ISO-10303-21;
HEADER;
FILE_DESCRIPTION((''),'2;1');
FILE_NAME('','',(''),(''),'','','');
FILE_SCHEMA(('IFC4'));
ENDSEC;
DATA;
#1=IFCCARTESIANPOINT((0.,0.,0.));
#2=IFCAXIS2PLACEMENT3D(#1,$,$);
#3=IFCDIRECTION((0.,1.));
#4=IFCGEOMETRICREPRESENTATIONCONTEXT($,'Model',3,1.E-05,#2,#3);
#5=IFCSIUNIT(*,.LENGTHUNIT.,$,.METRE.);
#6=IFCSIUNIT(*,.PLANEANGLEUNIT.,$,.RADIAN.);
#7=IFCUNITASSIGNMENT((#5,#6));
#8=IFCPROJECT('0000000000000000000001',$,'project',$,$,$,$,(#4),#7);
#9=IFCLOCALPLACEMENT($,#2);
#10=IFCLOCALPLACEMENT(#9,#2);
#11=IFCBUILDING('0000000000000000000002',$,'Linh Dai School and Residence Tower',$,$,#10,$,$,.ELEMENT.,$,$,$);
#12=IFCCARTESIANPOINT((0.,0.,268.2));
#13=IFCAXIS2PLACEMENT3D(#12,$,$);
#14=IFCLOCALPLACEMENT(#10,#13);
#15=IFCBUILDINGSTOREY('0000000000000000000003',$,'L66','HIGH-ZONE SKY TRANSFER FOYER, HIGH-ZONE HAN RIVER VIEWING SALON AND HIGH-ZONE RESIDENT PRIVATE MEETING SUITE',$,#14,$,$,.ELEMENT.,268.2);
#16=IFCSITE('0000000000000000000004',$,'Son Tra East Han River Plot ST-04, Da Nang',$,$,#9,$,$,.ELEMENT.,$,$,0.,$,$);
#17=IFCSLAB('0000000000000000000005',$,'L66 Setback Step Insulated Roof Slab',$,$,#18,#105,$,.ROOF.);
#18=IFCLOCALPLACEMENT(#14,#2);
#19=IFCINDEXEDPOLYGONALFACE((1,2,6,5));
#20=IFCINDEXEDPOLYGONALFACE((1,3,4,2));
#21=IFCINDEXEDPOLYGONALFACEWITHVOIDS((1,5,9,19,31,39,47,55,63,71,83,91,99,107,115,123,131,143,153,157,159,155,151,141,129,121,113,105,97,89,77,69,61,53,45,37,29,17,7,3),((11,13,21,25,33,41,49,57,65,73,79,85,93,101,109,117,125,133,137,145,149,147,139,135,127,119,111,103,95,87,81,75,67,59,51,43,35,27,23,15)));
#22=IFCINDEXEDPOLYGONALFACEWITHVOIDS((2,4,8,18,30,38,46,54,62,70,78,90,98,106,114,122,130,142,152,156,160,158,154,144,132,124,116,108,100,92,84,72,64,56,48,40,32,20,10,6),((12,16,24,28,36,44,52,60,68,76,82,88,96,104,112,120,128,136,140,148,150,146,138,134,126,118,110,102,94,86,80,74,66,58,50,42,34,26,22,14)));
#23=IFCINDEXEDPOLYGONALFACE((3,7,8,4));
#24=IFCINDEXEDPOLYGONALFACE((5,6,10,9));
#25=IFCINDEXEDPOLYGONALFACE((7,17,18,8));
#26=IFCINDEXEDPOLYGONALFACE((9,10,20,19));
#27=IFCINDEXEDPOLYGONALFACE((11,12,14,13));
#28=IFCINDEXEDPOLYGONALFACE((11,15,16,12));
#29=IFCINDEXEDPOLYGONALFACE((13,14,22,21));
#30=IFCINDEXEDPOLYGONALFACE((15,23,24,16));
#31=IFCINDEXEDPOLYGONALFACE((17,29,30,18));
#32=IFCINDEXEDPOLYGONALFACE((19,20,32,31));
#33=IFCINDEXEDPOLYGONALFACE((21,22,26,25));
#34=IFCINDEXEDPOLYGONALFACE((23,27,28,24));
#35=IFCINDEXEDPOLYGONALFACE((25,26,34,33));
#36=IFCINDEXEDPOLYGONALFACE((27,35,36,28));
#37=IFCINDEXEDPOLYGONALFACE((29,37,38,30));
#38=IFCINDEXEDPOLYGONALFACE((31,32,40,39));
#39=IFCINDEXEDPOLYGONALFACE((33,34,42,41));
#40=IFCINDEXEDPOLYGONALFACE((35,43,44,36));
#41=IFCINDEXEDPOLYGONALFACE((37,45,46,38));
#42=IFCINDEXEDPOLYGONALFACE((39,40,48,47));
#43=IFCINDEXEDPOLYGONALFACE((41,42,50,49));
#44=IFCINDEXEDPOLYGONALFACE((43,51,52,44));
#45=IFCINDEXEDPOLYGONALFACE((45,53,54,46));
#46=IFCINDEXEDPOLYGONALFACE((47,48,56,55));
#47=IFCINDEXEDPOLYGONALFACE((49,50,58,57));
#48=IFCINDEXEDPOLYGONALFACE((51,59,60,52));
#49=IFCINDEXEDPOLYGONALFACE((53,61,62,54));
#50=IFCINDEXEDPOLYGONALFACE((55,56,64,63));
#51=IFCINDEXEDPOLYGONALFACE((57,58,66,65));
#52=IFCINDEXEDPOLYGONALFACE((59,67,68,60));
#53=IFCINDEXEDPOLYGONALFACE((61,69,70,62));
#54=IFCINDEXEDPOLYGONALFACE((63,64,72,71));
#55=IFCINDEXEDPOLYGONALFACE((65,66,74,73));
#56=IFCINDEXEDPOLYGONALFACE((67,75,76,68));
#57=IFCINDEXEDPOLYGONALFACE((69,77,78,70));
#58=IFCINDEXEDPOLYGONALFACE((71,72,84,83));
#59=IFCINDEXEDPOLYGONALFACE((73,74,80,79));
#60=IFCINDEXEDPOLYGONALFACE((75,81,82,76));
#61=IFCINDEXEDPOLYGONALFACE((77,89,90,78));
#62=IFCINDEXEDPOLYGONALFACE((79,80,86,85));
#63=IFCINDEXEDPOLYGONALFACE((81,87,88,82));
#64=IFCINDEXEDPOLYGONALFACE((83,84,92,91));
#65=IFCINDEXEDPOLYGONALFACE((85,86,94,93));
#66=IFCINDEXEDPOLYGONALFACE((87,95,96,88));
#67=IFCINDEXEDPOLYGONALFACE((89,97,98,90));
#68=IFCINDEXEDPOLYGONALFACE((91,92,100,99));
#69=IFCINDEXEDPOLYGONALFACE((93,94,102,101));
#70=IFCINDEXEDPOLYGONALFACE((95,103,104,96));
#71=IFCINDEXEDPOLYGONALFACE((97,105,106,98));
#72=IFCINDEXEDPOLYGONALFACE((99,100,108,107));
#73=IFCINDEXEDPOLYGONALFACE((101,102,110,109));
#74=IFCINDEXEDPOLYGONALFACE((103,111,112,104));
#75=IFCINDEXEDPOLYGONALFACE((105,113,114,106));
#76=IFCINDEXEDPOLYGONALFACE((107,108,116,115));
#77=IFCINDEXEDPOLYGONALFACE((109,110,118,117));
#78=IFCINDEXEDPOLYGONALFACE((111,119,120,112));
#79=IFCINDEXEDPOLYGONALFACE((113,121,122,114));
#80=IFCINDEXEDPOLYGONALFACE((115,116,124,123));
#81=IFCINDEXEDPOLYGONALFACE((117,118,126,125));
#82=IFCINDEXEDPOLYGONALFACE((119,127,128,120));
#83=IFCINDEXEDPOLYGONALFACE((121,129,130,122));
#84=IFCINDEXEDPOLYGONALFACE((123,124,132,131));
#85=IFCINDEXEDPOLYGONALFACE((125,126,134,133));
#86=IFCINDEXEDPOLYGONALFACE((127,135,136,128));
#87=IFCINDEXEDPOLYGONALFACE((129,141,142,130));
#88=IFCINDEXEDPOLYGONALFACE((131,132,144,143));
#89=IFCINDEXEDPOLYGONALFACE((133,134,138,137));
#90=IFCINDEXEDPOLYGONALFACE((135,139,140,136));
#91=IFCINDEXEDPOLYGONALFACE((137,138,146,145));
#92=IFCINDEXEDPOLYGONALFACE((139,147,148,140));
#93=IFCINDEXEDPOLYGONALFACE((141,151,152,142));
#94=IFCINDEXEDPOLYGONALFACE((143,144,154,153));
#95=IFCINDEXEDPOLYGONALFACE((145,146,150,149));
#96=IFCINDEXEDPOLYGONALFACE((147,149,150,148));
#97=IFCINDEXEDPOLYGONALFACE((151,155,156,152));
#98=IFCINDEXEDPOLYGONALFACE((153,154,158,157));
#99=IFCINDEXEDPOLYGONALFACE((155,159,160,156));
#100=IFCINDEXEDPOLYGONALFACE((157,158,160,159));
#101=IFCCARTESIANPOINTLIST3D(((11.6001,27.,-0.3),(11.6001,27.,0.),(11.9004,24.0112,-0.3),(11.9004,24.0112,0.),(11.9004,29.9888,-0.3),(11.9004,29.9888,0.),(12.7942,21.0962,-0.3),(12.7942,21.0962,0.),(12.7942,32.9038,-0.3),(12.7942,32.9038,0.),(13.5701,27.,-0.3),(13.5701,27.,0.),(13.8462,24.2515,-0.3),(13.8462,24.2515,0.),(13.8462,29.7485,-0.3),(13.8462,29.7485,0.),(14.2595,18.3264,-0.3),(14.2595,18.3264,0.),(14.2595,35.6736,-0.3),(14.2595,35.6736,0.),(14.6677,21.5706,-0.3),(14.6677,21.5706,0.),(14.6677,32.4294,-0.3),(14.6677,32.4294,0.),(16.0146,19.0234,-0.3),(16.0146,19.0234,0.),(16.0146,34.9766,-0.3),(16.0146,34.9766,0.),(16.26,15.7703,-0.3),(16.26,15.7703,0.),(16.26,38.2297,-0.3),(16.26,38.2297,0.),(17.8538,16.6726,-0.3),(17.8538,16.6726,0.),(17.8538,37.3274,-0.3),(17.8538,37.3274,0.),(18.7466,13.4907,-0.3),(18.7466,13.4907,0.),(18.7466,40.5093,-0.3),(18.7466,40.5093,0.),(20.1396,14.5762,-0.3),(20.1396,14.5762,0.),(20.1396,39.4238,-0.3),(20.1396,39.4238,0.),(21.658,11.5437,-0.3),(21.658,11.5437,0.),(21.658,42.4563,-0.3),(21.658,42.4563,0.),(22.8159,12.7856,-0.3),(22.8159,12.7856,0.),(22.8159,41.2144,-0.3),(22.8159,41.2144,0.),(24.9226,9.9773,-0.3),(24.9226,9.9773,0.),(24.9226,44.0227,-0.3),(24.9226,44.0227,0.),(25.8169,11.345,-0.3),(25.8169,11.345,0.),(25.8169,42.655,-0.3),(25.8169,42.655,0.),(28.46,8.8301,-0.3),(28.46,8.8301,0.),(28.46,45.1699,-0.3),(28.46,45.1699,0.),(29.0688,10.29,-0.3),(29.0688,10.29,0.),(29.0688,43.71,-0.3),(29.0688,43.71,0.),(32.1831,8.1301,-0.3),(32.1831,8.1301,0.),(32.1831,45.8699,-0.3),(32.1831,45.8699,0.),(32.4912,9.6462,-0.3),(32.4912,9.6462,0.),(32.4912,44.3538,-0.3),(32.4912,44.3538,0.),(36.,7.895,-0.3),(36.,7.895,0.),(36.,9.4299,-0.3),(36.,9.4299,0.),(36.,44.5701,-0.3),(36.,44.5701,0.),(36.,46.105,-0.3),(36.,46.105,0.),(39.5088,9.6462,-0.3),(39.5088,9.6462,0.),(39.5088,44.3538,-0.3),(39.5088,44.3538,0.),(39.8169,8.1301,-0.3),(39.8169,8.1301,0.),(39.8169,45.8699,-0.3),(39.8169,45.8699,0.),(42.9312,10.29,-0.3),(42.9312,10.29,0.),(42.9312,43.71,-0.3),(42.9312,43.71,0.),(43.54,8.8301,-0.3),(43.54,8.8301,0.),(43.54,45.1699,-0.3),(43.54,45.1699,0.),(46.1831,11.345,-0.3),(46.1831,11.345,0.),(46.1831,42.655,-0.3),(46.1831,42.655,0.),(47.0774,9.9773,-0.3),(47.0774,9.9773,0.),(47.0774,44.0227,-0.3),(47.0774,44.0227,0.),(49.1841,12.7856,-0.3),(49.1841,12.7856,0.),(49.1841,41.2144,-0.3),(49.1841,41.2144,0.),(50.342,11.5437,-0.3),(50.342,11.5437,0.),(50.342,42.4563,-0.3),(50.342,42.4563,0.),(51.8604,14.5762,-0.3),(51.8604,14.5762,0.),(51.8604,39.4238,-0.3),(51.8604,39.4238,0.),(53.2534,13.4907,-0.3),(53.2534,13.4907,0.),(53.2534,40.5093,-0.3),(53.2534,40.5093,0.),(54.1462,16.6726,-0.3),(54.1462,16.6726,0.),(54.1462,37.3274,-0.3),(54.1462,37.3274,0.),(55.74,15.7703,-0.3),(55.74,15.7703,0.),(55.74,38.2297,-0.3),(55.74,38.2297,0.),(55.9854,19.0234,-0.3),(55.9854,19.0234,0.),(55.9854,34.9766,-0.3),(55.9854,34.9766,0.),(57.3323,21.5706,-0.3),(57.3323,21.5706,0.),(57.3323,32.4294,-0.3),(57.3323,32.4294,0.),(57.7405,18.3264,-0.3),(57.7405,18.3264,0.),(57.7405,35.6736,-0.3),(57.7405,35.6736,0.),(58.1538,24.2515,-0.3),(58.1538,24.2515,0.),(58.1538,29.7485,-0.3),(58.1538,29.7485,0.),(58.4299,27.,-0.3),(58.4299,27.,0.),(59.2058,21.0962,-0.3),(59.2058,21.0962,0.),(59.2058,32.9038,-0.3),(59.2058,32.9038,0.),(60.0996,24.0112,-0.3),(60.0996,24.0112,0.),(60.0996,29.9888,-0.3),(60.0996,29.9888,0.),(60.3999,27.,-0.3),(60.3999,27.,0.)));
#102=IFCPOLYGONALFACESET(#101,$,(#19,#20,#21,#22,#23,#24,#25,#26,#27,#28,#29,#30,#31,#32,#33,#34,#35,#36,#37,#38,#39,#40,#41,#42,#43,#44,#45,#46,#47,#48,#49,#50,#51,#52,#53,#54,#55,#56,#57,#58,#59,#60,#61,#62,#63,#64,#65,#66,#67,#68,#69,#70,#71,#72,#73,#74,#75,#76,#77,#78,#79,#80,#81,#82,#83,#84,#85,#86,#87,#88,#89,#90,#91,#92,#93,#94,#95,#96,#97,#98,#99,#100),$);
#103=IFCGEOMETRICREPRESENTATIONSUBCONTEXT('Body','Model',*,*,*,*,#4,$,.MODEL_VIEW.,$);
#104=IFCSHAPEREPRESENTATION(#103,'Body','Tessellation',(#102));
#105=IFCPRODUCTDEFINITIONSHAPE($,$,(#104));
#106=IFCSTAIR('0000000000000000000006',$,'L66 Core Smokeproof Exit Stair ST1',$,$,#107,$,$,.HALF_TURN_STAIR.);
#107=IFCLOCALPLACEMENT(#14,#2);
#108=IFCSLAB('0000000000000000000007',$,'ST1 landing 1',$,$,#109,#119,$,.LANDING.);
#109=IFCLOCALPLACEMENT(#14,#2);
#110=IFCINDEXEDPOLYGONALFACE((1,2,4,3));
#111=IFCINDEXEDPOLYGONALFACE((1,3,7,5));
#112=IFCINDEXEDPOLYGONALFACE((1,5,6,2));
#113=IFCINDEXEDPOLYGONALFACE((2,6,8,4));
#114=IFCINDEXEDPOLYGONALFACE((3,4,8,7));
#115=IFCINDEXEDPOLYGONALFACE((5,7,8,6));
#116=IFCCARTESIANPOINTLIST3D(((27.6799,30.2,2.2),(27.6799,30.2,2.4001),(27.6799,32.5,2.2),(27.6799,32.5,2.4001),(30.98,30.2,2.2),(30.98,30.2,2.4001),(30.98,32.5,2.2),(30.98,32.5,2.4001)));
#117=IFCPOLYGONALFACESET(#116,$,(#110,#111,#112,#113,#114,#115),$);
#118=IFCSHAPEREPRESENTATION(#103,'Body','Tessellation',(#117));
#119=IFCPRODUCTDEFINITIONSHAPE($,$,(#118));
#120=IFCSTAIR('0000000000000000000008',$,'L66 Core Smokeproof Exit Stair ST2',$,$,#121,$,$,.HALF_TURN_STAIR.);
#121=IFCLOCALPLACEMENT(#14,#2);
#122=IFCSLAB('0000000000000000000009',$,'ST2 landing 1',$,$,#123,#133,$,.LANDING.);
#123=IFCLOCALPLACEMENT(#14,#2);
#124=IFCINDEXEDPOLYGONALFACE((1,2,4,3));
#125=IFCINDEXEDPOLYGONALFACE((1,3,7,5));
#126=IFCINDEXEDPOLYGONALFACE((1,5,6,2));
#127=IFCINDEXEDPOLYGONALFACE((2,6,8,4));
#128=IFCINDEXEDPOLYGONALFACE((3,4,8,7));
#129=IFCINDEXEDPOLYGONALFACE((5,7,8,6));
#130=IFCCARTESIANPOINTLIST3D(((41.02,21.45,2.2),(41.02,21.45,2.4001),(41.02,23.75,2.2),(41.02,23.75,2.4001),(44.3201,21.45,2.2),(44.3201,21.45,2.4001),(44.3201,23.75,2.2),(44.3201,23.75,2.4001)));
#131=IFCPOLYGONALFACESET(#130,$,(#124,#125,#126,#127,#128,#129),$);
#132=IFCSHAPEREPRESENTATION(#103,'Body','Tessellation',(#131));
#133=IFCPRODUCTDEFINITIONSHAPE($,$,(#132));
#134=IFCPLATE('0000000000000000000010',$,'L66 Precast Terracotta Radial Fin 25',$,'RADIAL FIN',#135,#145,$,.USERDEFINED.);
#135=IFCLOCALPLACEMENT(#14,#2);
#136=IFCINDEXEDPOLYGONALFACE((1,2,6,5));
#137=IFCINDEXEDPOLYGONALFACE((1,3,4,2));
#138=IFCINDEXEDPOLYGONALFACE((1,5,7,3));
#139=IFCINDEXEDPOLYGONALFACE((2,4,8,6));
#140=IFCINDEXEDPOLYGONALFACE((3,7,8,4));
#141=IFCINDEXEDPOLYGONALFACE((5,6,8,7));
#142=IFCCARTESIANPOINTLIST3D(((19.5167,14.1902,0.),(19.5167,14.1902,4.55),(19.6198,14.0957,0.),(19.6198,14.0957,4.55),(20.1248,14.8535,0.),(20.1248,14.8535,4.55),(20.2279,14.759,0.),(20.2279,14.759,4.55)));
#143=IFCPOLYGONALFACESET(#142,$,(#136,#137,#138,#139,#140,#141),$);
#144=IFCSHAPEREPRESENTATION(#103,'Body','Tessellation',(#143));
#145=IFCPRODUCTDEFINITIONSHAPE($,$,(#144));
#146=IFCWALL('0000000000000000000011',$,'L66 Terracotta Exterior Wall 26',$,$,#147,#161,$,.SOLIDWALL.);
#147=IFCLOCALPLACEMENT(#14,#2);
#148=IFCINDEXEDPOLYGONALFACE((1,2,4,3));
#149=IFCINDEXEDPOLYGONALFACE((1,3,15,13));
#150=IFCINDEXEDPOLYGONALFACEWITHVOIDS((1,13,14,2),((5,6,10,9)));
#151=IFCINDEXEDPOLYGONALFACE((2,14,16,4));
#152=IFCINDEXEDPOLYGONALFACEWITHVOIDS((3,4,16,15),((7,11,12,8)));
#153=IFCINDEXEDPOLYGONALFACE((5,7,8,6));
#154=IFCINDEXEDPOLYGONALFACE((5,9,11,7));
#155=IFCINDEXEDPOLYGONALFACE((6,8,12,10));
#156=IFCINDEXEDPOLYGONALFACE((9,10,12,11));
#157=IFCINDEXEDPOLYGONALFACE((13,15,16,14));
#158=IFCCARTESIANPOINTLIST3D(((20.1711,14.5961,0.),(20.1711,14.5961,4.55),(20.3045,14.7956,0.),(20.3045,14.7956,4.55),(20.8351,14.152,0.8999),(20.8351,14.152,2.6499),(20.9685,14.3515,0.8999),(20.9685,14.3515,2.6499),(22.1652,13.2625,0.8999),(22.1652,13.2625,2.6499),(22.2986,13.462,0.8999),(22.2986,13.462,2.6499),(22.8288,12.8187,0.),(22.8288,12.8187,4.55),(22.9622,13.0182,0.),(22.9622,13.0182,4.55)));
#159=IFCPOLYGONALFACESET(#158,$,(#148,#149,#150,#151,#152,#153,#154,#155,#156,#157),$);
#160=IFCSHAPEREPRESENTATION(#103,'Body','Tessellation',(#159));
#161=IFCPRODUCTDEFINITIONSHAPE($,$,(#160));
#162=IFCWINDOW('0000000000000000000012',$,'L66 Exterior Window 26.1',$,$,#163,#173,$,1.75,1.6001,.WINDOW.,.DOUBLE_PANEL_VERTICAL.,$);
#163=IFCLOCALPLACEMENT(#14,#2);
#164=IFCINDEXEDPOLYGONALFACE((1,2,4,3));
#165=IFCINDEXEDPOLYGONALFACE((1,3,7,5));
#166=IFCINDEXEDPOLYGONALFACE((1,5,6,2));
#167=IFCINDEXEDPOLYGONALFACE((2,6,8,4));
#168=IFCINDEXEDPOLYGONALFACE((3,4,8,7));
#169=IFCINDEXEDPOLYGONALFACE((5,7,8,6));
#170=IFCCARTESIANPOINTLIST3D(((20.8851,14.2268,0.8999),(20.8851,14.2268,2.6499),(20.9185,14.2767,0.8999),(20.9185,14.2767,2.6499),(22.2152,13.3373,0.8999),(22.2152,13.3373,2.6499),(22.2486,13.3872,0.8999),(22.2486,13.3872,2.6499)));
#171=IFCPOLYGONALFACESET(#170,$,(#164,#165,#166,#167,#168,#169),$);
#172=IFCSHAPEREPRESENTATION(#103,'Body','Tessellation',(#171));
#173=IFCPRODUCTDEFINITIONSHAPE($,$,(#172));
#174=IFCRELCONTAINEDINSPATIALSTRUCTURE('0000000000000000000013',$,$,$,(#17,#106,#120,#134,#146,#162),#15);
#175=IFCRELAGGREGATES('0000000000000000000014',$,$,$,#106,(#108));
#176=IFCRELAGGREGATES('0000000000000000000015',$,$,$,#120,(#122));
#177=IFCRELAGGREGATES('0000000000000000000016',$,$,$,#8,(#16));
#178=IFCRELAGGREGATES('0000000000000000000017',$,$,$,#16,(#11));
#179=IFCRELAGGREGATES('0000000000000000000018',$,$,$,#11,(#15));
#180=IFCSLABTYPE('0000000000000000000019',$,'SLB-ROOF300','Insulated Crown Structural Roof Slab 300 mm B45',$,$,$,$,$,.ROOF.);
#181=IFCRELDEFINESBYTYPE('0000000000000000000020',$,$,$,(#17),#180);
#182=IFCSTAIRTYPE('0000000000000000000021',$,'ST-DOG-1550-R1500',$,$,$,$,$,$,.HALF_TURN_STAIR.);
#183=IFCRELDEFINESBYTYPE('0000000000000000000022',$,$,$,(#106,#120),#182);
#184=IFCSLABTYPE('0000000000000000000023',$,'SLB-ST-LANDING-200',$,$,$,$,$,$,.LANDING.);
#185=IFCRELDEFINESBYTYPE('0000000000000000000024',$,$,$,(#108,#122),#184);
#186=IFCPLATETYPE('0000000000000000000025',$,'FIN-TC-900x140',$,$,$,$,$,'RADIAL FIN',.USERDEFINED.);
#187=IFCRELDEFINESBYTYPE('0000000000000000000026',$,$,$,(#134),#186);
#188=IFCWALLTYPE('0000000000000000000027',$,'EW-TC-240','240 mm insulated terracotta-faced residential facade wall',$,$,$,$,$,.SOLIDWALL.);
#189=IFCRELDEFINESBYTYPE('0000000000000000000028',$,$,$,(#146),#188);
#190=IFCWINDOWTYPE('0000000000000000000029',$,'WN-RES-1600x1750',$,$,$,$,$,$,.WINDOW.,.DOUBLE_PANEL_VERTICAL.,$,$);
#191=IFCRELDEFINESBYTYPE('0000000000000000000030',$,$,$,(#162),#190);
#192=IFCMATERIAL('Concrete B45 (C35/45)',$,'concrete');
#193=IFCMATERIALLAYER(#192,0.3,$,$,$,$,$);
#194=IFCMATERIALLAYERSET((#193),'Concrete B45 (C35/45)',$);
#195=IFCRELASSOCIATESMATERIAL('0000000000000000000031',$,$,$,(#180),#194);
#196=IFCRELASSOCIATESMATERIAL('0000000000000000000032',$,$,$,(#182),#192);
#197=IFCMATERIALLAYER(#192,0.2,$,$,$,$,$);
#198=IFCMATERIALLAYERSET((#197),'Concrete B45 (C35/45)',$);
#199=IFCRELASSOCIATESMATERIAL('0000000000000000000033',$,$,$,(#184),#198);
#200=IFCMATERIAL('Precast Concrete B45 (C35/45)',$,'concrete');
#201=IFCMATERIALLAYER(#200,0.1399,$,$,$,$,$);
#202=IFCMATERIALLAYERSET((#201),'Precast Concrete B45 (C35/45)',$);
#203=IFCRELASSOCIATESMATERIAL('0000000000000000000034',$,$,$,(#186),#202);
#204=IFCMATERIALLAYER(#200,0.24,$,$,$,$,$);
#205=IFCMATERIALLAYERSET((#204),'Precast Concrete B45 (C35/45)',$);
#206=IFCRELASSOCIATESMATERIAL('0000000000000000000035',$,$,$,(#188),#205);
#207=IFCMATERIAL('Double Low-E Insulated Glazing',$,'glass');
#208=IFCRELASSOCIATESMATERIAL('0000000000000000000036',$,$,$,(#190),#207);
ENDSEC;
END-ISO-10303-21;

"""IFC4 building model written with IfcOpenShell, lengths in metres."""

from ifc_helpers import new_model, si_unit, direction, frame, frame_2d, origin, origin_2d, place, context, subcontext, project, spatial, polyline, rectangle, outline, extrude, source, transform, mapped, material, layer, layer_set, type_object, element, fill, aggregate, save


model = new_model("IFC4")

# Units and contexts
model_context = context("Model", 3, precision=1e-05, world=origin(), true_north=direction((0.0, 1.0)))
body_context = subcontext(model_context, "Body", "Model", "MODEL_VIEW")
ifc_project = project(units=[si_unit("LENGTHUNIT", "METRE"), si_unit("PLANEANGLEUNIT", "RADIAN")], contexts=[model_context])

# Site, building, storey
site_placement = place(None, origin())
site = spatial("IfcSite", under=ifc_project, at=site_placement, Name="Son Tra East Han River Plot ST-04, Da Nang", CompositionType="ELEMENT", RefElevation=0.0)
building_placement = place(site_placement, origin())
building = spatial("IfcBuilding", under=site, at=building_placement, Name="Linh Dai School and Residence Tower", CompositionType="ELEMENT")
storey_placement = place(building_placement, frame((0.0, 0.0, 268.2)))
storey = spatial("IfcBuildingStorey", under=building, at=storey_placement, Name="L66", Description="HIGH-ZONE SKY TRANSFER FOYER, HIGH-ZONE HAN RIVER VIEWING SALON AND HIGH-ZONE RESIDENT PRIVATE MEETING SUITE", CompositionType="ELEMENT", Elevation=268.2)

# Slab
ifc_material_1 = material(Name="Concrete B45 (C35/45)", Category="concrete")
ifc_layer_1 = layer(ifc_material_1, 0.3)
ifc_layer_set_1 = layer_set([ifc_layer_1], Name="Concrete B45 (C35/45)")
slab_type_1 = type_object("IfcSlabType", Name="SLB-ROOF300", Description="Insulated Crown Structural Roof Slab 300 mm B45", PredefinedType="ROOF", material=ifc_layer_set_1)
slab_1_placement = place(storey_placement, frame((0.0, 0.0, -0.3)))
element("IfcSlab", 1, at=slab_1_placement, inside=storey, type_object=slab_type_1, Name="L66 Setback Step Insulated Roof Slab", PredefinedType="ROOF", context=body_context, shape_type="SweptSolid", body=[
    extrude(outline(polyline([(60.3999, 27.0), (60.0996, 29.9888), (59.2058, 32.9038), (57.7405, 35.6736), (55.74, 38.2297), (53.2534, 40.5093), (50.342, 42.4563), (47.0774, 44.0227), (43.54, 45.1699), (39.8169, 45.8699), (36.0, 46.105), (32.1831, 45.8699), (28.46, 45.1699), (24.9226, 44.0227), (21.658, 42.4563), (18.7466, 40.5093), (16.26, 38.2297), (14.2595, 35.6736), (12.7942, 32.9038), (11.9004, 29.9888), (11.6001, 27.0), (11.9004, 24.0112), (12.7942, 21.0962), (14.2595, 18.3264), (16.26, 15.7703), (18.7466, 13.4907), (21.658, 11.5437), (24.9226, 9.9773), (28.46, 8.8301), (32.1831, 8.1301), (36.0, 7.895), (39.8169, 8.1301), (43.54, 8.8301), (47.0774, 9.9773), (50.342, 11.5437), (53.2534, 13.4907), (55.74, 15.7703), (57.7405, 18.3264), (59.2058, 21.0962), (60.0996, 24.0112), (60.3999, 27.0)]), holes=[polyline([(58.4299, 27.0), (58.1538, 29.7485), (57.3323, 32.4294), (55.9854, 34.9766), (54.1462, 37.3274), (51.8604, 39.4238), (49.1841, 41.2144), (46.1831, 42.655), (42.9312, 43.71), (39.5088, 44.3538), (36.0, 44.5701), (32.4912, 44.3538), (29.0688, 43.71), (25.8169, 42.655), (22.8159, 41.2144), (20.1396, 39.4238), (17.8538, 37.3274), (16.0146, 34.9766), (14.6677, 32.4294), (13.8462, 29.7485), (13.5701, 27.0), (13.8462, 24.2515), (14.6677, 21.5706), (16.0146, 19.0234), (17.8538, 16.6726), (20.1396, 14.5762), (22.8159, 12.7856), (25.8169, 11.345), (29.0688, 10.29), (32.4912, 9.6462), (36.0, 9.4299), (39.5088, 9.6462), (42.9312, 10.29), (46.1831, 11.345), (49.1841, 12.7856), (51.8604, 14.5762), (54.1462, 16.6726), (55.9854, 19.0234), (57.3323, 21.5706), (58.1538, 24.2515), (58.4299, 27.0)])]), origin(), (0.0, 0.0, 1.0), 0.3),
])

# Stairs, slabs
stair_type = type_object("IfcStairType", Name="ST-DOG-1550-R1500", PredefinedType="HALF_TURN_STAIR", material=ifc_material_1)
stair_1_placement = place(storey_placement, origin())
stair_1 = element("IfcStair", 2, at=stair_1_placement, inside=storey, type_object=stair_type, Name="L66 Core Smokeproof Exit Stair ST1", PredefinedType="HALF_TURN_STAIR")
ifc_layer_2 = layer(ifc_material_1, 0.2)
ifc_layer_set_2 = layer_set([ifc_layer_2], Name="Concrete B45 (C35/45)")
slab_type_2 = type_object("IfcSlabType", Name="SLB-ST-LANDING-200", PredefinedType="LANDING", material=ifc_layer_set_2)
slab_2_placement = place(storey_placement, frame((0.0, 0.0, 2.2)))
slab_2 = element("IfcSlab", 3, at=slab_2_placement, type_object=slab_type_2, Name="ST1 landing 1", PredefinedType="LANDING", context=body_context, shape_type="SweptSolid", body=[
    extrude(outline(polyline([(30.98, 30.2), (30.98, 32.5), (27.6799, 32.5), (27.6799, 30.2), (30.98, 30.2)])), origin(), (0.0, 0.0, 1.0), 0.2002),
])
aggregate(stair_1, [slab_2])
stair_2_placement = place(storey_placement, origin())
stair_2 = element("IfcStair", 4, at=stair_2_placement, inside=storey, type_object=stair_type, Name="L66 Core Smokeproof Exit Stair ST2", PredefinedType="HALF_TURN_STAIR")
slab_3_placement = place(storey_placement, frame((0.0, 0.0, 2.2)))
slab_3 = element("IfcSlab", 5, at=slab_3_placement, type_object=slab_type_2, Name="ST2 landing 1", PredefinedType="LANDING", context=body_context, shape_type="SweptSolid", body=[
    extrude(outline(polyline([(41.02, 23.75), (41.02, 21.45), (44.3201, 21.45), (44.3201, 23.75), (41.02, 23.75)])), origin(), (0.0, 0.0, 1.0), 0.2002),
])
aggregate(stair_2, [slab_3])

# Plate
ifc_material_2 = material(Name="Precast Concrete B45 (C35/45)", Category="concrete")
ifc_layer_3 = layer(ifc_material_2, 0.1399)
ifc_layer_set_3 = layer_set([ifc_layer_3], Name="Precast Concrete B45 (C35/45)")
plate_type = type_object("IfcPlateType", Name="FIN-TC-900x140", ElementType="RADIAL FIN", PredefinedType="USERDEFINED", material=ifc_layer_set_3)
shared_shape_1 = source(origin(), body_context, "Body", "SweptSolid", [
    extrude(rectangle(XDim=0.8999, YDim=0.1399, at=origin_2d()), origin(), (0.0, 0.0, 1.0), 4.55),
])
plate_placement = place(storey_placement, frame((19.8723, 14.4746, 0.0), z_axis=(0.0, 0.0, 1.0), x_axis=(-0.675779, -0.737104, 0.0)))
element("IfcPlate", 6, at=plate_placement, inside=storey, type_object=plate_type, Name="L66 Precast Terracotta Radial Fin 25", ObjectType="RADIAL FIN", PredefinedType="USERDEFINED", context=body_context, shape_type="MappedRepresentation", body=[
    mapped(shared_shape_1, transform((0.0, 0.0, 0.0), x_axis=(1.0, 0.0, 0.0), y_axis=(0.0, 1.0, 0.0), z_axis=(0.0, 0.0, 1.0), scale=1.0)),
])

# Wall, opening, window
ifc_layer_4 = layer(ifc_material_2, 0.24)
ifc_layer_set_4 = layer_set([ifc_layer_4], Name="Precast Concrete B45 (C35/45)")
wall_type = type_object("IfcWallType", Name="EW-TC-240", Description="240 mm insulated terracotta-faced residential facade wall", PredefinedType="SOLIDWALL", material=ifc_layer_set_4)
wall_placement = place(storey_placement, frame((22.8955, 12.9185, 0.0), z_axis=(0.0, 0.0, 1.0), x_axis=(-0.831251, 0.555898, 0.0)))
wall = element("IfcWall", 7, at=wall_placement, inside=storey, type_object=wall_type, Name="L66 Terracotta Exterior Wall 26", PredefinedType="SOLIDWALL", context=body_context, shape_type="SweptSolid", body=[
    extrude(rectangle(XDim=3.1973, YDim=0.24, at=frame_2d((1.5986, 0.0))), origin(), (0.0, 0.0, 1.0), 4.55),
])
opening_placement = place(wall_placement, frame((0.7983, 0.0, 0.8999)))
opening = element("IfcOpeningElement", 8, at=opening_placement, cuts=wall, PredefinedType="OPENING", context=body_context, shape_type="SweptSolid", body=[
    extrude(rectangle(XDim=1.6001, YDim=1.75, at=origin_2d()), frame((0.8, 0.1299, 0.875), z_axis=(0.0, -1.0, 0.0), x_axis=(1.0, 0.0, 0.0)), (0.0, 0.0, 1.0), 0.26),
])
ifc_material_3 = material(Name="Double Low-E Insulated Glazing", Category="glass")
window_type = type_object("IfcWindowType", Name="WN-RES-1600x1750", PartitioningType="DOUBLE_PANEL_VERTICAL", PredefinedType="WINDOW", material=ifc_material_3)
shared_shape_2 = source(origin(), body_context, "Body", "SweptSolid", [
    extrude(rectangle(XDim=1.6001, YDim=1.75, at=origin_2d()), frame((0.8, 0.03, 0.875), z_axis=(0.0, -1.0, 0.0), x_axis=(1.0, 0.0, 0.0)), (0.0, 0.0, 1.0), 0.0601),
])
window_placement = place(opening_placement, origin())
window = element("IfcWindow", 9, at=window_placement, inside=storey, type_object=window_type, Name="L66 Exterior Window 26.1", OverallHeight=1.75, OverallWidth=1.6001, PartitioningType="DOUBLE_PANEL_VERTICAL", PredefinedType="WINDOW", context=body_context, shape_type="MappedRepresentation", body=[
    mapped(shared_shape_2, transform((0.0, 0.0, 0.0), x_axis=(1.0, 0.0, 0.0), y_axis=(0.0, 1.0, 0.0), z_axis=(0.0, 0.0, 1.0), scale=1.0)),
])
fill(opening, window)

save(model, "model.ifc")
